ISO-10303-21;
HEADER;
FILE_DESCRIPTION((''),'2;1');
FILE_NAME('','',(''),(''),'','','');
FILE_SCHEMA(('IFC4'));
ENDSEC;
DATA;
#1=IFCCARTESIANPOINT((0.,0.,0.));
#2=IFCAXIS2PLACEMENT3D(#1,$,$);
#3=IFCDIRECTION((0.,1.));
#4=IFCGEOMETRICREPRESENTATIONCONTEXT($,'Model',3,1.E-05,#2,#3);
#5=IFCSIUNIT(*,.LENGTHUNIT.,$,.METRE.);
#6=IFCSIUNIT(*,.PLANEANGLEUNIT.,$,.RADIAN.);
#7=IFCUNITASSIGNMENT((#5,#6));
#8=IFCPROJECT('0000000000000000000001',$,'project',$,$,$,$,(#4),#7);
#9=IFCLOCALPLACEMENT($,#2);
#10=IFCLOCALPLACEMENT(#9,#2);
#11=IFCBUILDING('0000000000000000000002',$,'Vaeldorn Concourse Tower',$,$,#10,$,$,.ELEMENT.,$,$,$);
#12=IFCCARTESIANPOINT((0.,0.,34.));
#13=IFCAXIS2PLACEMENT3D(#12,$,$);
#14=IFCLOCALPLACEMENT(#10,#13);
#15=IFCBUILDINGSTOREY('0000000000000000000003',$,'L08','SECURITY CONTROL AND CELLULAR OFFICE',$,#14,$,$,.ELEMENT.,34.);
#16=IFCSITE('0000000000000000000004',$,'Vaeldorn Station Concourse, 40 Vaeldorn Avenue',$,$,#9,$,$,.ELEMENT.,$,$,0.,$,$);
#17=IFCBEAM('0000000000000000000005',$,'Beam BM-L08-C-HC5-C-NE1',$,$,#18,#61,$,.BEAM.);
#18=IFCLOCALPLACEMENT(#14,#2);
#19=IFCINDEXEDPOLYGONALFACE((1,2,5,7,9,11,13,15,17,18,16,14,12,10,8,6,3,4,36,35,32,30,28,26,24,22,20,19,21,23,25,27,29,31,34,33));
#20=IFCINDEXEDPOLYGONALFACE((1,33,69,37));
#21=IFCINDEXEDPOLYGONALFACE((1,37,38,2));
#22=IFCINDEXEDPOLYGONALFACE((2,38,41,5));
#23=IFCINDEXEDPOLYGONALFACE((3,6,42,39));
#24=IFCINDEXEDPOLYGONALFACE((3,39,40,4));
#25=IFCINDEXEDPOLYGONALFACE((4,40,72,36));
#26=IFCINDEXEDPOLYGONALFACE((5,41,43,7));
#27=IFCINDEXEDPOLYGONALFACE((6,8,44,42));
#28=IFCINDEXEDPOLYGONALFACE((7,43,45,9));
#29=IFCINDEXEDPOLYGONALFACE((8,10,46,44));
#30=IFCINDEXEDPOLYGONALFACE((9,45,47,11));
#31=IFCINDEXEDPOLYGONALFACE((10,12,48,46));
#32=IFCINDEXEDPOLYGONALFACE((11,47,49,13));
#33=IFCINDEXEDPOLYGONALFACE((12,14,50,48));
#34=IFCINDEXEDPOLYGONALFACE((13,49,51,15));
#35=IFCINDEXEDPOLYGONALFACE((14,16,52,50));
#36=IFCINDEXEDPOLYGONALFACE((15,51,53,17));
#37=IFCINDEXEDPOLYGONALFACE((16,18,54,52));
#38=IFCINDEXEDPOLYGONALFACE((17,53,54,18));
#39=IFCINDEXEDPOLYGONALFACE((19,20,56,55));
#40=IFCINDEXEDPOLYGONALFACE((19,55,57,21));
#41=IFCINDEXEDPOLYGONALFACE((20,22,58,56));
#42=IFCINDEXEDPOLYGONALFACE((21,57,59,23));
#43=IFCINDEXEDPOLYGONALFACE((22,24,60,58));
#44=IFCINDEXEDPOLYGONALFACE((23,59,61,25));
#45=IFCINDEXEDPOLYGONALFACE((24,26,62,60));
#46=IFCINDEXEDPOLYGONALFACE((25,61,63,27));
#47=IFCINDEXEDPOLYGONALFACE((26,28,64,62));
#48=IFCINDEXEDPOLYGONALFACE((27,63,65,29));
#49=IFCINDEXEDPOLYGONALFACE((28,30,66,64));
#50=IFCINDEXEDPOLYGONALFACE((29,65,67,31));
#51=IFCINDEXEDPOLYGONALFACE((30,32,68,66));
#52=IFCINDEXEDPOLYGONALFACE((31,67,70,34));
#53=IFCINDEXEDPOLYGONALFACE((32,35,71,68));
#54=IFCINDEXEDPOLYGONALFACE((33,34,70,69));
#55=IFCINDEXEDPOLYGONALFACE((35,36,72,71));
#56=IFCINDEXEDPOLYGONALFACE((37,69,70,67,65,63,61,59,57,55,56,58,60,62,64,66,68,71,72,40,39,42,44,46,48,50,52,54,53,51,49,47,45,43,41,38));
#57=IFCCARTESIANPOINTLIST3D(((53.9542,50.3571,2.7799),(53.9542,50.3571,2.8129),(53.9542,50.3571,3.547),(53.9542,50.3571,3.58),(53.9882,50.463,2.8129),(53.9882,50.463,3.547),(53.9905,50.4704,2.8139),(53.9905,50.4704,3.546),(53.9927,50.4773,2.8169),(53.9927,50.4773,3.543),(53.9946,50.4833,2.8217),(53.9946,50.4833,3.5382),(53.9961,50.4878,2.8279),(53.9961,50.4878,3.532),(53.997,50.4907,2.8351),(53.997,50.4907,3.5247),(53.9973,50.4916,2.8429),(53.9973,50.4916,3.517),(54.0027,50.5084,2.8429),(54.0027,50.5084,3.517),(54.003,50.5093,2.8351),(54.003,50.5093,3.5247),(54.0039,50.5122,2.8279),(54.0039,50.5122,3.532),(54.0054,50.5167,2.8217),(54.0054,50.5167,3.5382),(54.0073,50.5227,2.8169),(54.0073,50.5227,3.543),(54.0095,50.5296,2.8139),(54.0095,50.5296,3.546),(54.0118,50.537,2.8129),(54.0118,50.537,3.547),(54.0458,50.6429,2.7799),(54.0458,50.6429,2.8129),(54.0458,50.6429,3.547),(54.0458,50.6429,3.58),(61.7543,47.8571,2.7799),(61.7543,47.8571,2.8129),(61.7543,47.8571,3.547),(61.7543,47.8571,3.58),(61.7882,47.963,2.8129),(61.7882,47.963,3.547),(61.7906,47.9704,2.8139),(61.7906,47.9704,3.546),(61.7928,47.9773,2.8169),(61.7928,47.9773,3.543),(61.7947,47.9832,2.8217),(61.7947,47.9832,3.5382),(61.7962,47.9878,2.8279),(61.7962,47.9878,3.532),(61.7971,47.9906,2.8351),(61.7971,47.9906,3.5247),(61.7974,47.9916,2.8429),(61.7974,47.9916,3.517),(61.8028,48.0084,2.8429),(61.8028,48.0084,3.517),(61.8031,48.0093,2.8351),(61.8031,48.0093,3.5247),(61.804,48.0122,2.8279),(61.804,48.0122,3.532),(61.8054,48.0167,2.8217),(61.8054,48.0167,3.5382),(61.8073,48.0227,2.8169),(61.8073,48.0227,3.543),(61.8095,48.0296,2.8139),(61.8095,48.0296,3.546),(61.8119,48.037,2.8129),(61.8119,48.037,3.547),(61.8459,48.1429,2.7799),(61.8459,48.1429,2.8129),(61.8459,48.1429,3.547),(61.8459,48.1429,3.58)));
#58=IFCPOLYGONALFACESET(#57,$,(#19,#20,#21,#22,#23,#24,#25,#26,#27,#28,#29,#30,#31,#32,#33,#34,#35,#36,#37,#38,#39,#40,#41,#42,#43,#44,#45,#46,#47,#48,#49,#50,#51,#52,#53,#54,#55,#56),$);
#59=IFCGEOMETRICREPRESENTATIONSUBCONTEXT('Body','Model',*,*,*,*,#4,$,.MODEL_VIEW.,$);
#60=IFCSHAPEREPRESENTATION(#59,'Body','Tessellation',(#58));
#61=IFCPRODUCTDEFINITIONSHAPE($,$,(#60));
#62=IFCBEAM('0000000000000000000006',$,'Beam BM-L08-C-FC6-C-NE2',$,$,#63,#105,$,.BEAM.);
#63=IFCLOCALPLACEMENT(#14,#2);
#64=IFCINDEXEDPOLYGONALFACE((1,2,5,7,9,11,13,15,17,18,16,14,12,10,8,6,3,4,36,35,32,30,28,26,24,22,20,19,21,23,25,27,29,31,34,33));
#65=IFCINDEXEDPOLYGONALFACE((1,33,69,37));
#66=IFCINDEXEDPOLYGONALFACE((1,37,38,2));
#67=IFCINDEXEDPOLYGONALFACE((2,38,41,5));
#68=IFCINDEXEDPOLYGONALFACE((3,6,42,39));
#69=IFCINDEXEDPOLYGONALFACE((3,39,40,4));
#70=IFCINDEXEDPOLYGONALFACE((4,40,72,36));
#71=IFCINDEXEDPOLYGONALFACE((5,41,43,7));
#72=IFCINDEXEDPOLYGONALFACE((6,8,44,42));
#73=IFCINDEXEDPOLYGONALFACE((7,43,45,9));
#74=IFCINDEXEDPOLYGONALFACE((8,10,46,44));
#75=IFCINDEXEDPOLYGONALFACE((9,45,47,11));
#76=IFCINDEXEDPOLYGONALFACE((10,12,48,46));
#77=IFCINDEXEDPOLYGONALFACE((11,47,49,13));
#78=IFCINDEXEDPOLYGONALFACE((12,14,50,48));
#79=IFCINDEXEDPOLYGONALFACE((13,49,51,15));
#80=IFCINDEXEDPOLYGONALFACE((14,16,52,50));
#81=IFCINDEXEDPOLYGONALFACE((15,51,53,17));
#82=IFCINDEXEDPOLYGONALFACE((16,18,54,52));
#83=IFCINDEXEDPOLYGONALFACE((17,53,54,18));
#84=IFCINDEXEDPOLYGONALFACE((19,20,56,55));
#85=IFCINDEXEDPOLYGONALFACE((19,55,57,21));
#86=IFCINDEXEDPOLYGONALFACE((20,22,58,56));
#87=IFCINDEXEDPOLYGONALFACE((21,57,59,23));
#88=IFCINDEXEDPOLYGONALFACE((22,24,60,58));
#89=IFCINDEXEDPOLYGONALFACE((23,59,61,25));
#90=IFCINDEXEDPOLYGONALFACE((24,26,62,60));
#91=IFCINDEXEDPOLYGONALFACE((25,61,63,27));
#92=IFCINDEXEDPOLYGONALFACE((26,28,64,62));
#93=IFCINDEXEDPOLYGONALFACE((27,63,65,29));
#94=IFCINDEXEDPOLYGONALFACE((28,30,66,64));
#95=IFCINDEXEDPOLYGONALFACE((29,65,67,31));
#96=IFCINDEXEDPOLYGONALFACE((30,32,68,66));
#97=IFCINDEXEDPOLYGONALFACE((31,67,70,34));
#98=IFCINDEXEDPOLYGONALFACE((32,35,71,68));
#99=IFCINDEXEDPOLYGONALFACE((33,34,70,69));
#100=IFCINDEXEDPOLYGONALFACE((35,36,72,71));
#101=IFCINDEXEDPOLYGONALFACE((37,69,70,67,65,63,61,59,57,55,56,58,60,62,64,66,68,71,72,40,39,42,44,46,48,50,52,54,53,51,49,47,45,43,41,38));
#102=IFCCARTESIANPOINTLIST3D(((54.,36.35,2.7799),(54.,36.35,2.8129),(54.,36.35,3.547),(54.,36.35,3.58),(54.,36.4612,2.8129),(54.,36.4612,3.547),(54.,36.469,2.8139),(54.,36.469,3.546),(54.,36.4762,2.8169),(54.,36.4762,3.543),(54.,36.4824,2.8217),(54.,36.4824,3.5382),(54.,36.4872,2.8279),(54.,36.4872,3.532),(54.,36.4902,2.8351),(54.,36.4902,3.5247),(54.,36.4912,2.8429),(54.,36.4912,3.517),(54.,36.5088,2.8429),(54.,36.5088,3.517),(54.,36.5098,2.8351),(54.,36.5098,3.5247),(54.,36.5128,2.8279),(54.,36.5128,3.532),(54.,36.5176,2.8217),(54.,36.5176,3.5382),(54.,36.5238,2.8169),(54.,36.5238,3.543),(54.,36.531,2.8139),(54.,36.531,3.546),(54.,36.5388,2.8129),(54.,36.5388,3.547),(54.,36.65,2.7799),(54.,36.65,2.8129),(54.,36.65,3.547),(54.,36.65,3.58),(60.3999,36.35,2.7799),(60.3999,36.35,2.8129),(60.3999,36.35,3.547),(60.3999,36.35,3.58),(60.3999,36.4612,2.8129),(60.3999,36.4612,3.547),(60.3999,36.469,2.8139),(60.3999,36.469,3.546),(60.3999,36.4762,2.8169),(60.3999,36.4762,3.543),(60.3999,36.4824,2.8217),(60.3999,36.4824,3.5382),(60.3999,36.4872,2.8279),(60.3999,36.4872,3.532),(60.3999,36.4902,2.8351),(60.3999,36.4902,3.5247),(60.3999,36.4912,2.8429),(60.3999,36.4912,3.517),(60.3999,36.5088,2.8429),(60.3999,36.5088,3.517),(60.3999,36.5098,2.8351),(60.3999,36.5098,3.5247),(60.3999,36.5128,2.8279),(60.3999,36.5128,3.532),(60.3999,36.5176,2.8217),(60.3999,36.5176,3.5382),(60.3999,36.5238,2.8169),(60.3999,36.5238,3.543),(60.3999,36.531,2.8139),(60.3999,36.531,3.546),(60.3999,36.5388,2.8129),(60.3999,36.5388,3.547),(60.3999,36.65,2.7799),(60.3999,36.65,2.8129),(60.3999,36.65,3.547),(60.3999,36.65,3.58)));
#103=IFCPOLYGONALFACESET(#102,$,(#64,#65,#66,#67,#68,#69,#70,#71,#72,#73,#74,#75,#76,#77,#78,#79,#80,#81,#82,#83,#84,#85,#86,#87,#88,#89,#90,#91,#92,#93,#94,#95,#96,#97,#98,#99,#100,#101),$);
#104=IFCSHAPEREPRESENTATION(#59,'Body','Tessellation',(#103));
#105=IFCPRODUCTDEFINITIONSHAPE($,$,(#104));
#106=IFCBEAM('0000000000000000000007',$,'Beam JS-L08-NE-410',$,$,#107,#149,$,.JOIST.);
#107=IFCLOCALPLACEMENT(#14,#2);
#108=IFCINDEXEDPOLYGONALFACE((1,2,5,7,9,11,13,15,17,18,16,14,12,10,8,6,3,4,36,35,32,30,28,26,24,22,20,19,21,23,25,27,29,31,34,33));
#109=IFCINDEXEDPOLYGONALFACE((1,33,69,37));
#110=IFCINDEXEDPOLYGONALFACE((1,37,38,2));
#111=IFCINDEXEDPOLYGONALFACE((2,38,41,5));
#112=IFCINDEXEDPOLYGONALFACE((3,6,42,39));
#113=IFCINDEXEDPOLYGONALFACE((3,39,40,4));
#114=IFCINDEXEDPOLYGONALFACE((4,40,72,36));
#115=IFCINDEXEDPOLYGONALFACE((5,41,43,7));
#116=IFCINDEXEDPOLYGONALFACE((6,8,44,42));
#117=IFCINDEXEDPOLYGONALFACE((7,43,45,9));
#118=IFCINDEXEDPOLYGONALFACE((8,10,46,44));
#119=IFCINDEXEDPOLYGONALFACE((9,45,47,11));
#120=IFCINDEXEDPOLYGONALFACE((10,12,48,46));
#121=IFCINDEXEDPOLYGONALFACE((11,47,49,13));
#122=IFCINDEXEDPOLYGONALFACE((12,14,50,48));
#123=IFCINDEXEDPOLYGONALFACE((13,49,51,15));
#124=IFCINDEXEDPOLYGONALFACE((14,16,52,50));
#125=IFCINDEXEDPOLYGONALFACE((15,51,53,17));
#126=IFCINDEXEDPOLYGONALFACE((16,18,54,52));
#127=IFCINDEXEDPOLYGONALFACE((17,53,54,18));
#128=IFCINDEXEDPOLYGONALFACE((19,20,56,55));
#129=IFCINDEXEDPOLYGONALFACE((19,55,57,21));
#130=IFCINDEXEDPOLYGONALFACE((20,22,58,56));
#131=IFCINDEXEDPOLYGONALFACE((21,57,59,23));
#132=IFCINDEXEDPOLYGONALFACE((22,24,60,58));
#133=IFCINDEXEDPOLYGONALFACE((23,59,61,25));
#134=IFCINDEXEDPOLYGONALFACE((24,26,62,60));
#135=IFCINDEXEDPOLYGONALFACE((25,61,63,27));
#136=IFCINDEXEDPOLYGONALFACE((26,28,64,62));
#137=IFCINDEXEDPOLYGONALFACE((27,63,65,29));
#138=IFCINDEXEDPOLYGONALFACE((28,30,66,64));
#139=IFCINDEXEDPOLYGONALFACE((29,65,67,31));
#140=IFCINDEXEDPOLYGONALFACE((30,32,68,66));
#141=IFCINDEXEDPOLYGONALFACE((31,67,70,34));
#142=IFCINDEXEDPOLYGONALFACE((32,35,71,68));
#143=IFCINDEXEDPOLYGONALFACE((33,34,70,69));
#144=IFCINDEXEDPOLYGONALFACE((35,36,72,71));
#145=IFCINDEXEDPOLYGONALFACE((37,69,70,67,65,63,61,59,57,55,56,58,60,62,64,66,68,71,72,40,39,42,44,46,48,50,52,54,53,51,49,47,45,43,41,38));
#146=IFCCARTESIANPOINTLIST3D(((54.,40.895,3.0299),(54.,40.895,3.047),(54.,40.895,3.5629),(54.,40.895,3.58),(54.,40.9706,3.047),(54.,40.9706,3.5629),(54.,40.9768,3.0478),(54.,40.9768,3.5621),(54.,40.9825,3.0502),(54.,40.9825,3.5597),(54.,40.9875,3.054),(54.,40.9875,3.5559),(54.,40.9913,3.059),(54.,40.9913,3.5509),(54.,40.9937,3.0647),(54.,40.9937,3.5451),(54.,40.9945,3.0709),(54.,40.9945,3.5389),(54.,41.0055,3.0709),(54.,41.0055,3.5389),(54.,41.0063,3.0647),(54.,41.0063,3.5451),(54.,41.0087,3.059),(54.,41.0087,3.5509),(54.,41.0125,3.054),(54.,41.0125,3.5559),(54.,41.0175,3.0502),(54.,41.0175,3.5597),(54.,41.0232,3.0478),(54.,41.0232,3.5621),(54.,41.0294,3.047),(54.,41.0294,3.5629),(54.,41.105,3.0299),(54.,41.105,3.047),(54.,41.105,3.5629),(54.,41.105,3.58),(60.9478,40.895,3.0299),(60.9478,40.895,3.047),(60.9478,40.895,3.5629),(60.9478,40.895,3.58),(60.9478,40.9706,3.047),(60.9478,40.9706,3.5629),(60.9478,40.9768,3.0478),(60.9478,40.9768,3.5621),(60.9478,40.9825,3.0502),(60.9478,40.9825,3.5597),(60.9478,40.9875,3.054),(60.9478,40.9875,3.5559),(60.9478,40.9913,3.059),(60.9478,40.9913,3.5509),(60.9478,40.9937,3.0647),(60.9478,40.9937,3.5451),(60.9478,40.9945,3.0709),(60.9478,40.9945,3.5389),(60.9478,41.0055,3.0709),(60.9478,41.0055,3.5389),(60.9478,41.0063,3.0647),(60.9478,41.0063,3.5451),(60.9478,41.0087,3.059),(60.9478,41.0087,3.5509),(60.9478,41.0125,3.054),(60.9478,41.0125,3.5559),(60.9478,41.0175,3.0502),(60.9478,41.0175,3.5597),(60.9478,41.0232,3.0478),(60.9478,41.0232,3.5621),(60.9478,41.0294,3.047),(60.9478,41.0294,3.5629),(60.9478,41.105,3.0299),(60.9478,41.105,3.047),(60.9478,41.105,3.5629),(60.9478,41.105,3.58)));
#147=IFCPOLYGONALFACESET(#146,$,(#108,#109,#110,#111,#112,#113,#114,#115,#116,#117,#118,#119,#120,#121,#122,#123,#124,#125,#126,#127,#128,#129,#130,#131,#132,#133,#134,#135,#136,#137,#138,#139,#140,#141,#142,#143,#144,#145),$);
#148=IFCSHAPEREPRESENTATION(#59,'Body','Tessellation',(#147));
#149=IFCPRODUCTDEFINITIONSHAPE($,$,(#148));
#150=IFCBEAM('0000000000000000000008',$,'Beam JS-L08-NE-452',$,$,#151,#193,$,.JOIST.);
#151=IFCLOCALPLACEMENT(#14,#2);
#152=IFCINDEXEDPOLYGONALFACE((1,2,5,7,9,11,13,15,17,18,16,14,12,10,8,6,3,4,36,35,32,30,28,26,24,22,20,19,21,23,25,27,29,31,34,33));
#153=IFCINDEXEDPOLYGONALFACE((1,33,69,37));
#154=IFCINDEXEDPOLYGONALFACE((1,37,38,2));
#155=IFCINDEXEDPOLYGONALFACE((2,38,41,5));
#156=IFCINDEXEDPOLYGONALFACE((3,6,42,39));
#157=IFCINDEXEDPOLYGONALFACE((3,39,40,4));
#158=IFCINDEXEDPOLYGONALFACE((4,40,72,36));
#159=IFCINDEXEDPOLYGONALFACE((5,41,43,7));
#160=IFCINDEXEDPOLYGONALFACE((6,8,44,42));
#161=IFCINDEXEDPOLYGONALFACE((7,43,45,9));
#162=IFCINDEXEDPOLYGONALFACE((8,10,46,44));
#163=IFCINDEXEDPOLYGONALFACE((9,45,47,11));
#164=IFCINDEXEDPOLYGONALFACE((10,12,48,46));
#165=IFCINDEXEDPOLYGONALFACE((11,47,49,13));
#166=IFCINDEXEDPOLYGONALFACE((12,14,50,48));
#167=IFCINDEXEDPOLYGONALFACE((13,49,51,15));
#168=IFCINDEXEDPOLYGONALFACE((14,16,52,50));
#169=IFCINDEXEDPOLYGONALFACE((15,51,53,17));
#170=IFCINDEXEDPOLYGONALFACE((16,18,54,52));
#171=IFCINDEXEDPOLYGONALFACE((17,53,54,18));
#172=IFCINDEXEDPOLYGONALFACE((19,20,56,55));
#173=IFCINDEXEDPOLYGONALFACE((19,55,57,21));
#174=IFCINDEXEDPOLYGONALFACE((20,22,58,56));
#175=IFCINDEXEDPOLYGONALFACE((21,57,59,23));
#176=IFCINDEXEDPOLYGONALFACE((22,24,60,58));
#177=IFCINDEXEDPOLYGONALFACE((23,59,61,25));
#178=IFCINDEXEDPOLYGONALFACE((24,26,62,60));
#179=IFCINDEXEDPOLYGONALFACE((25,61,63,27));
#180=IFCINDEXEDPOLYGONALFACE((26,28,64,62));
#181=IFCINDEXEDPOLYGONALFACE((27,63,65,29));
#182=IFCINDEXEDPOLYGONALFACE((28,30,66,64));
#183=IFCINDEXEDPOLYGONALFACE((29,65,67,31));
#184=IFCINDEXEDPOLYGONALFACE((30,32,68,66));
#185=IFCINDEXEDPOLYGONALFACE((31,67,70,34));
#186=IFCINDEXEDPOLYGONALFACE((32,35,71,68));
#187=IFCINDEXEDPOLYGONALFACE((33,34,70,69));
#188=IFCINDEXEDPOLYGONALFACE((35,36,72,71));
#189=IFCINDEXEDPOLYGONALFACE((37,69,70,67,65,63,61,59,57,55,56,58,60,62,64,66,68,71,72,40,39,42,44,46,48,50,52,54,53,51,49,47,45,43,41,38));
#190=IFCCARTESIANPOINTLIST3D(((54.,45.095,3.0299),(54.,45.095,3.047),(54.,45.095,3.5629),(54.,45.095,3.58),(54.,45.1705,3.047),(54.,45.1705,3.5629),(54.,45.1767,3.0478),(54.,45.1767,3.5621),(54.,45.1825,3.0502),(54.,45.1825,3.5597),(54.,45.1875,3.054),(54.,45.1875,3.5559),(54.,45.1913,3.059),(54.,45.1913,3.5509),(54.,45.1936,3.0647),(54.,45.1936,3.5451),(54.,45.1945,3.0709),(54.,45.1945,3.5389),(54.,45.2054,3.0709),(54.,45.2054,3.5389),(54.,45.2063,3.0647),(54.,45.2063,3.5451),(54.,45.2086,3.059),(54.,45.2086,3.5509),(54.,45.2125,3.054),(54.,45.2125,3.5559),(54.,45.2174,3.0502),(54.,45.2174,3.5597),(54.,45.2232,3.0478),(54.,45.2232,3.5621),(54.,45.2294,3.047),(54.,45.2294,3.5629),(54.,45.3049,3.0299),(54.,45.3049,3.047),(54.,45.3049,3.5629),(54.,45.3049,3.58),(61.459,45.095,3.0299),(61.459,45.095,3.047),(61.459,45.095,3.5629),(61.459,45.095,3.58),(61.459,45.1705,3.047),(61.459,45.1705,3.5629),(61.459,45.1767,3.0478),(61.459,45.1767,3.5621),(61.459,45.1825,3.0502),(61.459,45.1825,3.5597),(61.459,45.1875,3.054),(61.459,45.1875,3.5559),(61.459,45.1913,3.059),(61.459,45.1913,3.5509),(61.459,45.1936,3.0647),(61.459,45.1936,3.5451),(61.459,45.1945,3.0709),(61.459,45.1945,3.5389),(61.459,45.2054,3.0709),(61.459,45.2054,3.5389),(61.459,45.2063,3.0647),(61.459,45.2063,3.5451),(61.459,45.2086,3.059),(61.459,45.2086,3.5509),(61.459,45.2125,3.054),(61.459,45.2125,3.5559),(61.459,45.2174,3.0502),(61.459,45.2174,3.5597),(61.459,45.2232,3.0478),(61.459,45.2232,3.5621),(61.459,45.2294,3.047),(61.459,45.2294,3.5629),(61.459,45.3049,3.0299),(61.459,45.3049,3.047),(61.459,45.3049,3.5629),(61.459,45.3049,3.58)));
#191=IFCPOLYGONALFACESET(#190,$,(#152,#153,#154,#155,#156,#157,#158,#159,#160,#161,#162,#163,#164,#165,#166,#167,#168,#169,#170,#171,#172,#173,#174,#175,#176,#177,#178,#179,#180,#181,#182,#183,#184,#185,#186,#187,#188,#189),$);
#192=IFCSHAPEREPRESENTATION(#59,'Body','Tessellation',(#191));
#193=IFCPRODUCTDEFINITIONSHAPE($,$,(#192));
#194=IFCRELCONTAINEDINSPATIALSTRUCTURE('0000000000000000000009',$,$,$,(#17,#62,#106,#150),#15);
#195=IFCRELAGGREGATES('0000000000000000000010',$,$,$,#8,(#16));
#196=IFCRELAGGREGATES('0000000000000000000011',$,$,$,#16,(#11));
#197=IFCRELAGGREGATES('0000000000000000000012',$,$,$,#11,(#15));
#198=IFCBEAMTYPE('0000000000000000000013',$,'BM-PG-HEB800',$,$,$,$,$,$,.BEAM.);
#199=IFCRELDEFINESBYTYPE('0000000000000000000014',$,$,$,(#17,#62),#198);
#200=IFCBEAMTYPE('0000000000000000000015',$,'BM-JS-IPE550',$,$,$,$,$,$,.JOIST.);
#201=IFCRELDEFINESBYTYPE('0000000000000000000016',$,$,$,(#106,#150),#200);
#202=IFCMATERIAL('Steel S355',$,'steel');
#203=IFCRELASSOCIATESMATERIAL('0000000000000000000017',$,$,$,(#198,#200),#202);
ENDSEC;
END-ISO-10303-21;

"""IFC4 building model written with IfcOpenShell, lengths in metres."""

from ifc_helpers import new_model, si_unit, direction, frame, origin, origin_2d, place, context, subcontext, project, spatial, i_section, extrude, source, transform, mapped, material, material_profile, profile_set, type_object, element, save


model = new_model("IFC4")

# Units and contexts
model_context = context("Model", 3, precision=1e-05, world=origin(), true_north=direction((0.0, 1.0)))
body_context = subcontext(model_context, "Body", "Model", "MODEL_VIEW")
ifc_project = project(units=[si_unit("LENGTHUNIT", "METRE"), si_unit("PLANEANGLEUNIT", "RADIAN")], contexts=[model_context])

# Site, building, storey
site_placement = place(None, origin())
site = spatial("IfcSite", under=ifc_project, at=site_placement, Name="Vaeldorn Station Concourse, 40 Vaeldorn Avenue", CompositionType="ELEMENT", RefElevation=0.0)
building_placement = place(site_placement, origin())
building = spatial("IfcBuilding", under=site, at=building_placement, Name="Vaeldorn Concourse Tower", CompositionType="ELEMENT")
storey_placement = place(building_placement, frame((0.0, 0.0, 34.0)))
storey = spatial("IfcBuildingStorey", under=building, at=storey_placement, Name="L08", Description="SECURITY CONTROL AND CELLULAR OFFICE", CompositionType="ELEMENT", Elevation=34.0)

# Beams
ifc_material_1 = material(Name="Steel S355", Category="steel")
ifc_material_profile_1 = material_profile(ifc_material_1, i_section(OverallWidth=0.3, OverallDepth=0.8, WebThickness=0.0176, FlangeThickness=0.033, FilletRadius=0.03, at=origin_2d()), Name="HEB 800")
ifc_profile_set_1 = profile_set([ifc_material_profile_1], Name="Steel S355")
beam_type_1 = type_object("IfcBeamType", Name="BM-PG-HEB800", PredefinedType="BEAM", material=ifc_profile_set_1)
shared_shape_1 = source(origin(), body_context, "Body", "SweptSolid", [
    extrude(i_section(OverallWidth=0.3, OverallDepth=0.8, WebThickness=0.0176, FlangeThickness=0.033, FilletRadius=0.03, at=origin_2d()), origin(), (0.0, 0.0, 1.0), 8.1909),
])
beam_1_placement = place(storey_placement, frame((54.0, 50.5, 3.1799), z_axis=(0.952283, -0.305217, 0.0), x_axis=(0.305217, 0.952283, 0.0)))
element("IfcBeam", 1, at=beam_1_placement, inside=storey, type_object=beam_type_1, Name="Beam BM-L08-C-HC5-C-NE1", PredefinedType="BEAM", context=body_context, shape_type="MappedRepresentation", body=[
    mapped(shared_shape_1, transform((0.0, 0.0, 0.0), scale=1.0)),
])
shared_shape_2 = source(origin(), body_context, "Body", "SweptSolid", [
    extrude(i_section(OverallWidth=0.3, OverallDepth=0.8, WebThickness=0.0176, FlangeThickness=0.033, FilletRadius=0.03, at=origin_2d()), origin(), (0.0, 0.0, 1.0), 6.3999),
])
beam_2_placement = place(storey_placement, frame((54.0, 36.5, 3.1799), z_axis=(1.0, 0.0, 0.0), x_axis=(0.0, 1.0, 0.0)))
element("IfcBeam", 2, at=beam_2_placement, inside=storey, type_object=beam_type_1, Name="Beam BM-L08-C-FC6-C-NE2", PredefinedType="BEAM", context=body_context, shape_type="MappedRepresentation", body=[
    mapped(shared_shape_2, transform((0.0, 0.0, 0.0), scale=1.0)),
])
ifc_material_profile_2 = material_profile(ifc_material_1, i_section(OverallWidth=0.21, OverallDepth=0.55, WebThickness=0.011, FlangeThickness=0.0171, FilletRadius=0.0239, at=origin_2d()), Name="IPE 550")
ifc_profile_set_2 = profile_set([ifc_material_profile_2], Name="Steel S355")
beam_type_2 = type_object("IfcBeamType", Name="BM-JS-IPE550", PredefinedType="JOIST", material=ifc_profile_set_2)
shared_shape_3 = source(origin(), body_context, "Body", "SweptSolid", [
    extrude(i_section(OverallWidth=0.21, OverallDepth=0.55, WebThickness=0.011, FlangeThickness=0.0171, FilletRadius=0.0239, at=origin_2d()), origin(), (0.0, 0.0, 1.0), 6.9478),
])
beam_3_placement = place(storey_placement, frame((54.0, 41.0, 3.3049), z_axis=(1.0, 0.0, 0.0), x_axis=(0.0, 1.0, 0.0)))
element("IfcBeam", 3, at=beam_3_placement, inside=storey, type_object=beam_type_2, Name="Beam JS-L08-NE-410", PredefinedType="JOIST", context=body_context, shape_type="MappedRepresentation", body=[
    mapped(shared_shape_3, transform((0.0, 0.0, 0.0), scale=1.0)),
])
shared_shape_4 = source(origin(), body_context, "Body", "SweptSolid", [
    extrude(i_section(OverallWidth=0.21, OverallDepth=0.55, WebThickness=0.011, FlangeThickness=0.0171, FilletRadius=0.0239, at=origin_2d()), origin(), (0.0, 0.0, 1.0), 7.459),
])
beam_4_placement = place(storey_placement, frame((54.0, 45.2, 3.3049), z_axis=(1.0, 0.0, 0.0), x_axis=(0.0, 1.0, 0.0)))
element("IfcBeam", 4, at=beam_4_placement, inside=storey, type_object=beam_type_2, Name="Beam JS-L08-NE-452", PredefinedType="JOIST", context=body_context, shape_type="MappedRepresentation", body=[
    mapped(shared_shape_4, transform((0.0, 0.0, 0.0), scale=1.0)),
])

save(model, "model.ifc")
